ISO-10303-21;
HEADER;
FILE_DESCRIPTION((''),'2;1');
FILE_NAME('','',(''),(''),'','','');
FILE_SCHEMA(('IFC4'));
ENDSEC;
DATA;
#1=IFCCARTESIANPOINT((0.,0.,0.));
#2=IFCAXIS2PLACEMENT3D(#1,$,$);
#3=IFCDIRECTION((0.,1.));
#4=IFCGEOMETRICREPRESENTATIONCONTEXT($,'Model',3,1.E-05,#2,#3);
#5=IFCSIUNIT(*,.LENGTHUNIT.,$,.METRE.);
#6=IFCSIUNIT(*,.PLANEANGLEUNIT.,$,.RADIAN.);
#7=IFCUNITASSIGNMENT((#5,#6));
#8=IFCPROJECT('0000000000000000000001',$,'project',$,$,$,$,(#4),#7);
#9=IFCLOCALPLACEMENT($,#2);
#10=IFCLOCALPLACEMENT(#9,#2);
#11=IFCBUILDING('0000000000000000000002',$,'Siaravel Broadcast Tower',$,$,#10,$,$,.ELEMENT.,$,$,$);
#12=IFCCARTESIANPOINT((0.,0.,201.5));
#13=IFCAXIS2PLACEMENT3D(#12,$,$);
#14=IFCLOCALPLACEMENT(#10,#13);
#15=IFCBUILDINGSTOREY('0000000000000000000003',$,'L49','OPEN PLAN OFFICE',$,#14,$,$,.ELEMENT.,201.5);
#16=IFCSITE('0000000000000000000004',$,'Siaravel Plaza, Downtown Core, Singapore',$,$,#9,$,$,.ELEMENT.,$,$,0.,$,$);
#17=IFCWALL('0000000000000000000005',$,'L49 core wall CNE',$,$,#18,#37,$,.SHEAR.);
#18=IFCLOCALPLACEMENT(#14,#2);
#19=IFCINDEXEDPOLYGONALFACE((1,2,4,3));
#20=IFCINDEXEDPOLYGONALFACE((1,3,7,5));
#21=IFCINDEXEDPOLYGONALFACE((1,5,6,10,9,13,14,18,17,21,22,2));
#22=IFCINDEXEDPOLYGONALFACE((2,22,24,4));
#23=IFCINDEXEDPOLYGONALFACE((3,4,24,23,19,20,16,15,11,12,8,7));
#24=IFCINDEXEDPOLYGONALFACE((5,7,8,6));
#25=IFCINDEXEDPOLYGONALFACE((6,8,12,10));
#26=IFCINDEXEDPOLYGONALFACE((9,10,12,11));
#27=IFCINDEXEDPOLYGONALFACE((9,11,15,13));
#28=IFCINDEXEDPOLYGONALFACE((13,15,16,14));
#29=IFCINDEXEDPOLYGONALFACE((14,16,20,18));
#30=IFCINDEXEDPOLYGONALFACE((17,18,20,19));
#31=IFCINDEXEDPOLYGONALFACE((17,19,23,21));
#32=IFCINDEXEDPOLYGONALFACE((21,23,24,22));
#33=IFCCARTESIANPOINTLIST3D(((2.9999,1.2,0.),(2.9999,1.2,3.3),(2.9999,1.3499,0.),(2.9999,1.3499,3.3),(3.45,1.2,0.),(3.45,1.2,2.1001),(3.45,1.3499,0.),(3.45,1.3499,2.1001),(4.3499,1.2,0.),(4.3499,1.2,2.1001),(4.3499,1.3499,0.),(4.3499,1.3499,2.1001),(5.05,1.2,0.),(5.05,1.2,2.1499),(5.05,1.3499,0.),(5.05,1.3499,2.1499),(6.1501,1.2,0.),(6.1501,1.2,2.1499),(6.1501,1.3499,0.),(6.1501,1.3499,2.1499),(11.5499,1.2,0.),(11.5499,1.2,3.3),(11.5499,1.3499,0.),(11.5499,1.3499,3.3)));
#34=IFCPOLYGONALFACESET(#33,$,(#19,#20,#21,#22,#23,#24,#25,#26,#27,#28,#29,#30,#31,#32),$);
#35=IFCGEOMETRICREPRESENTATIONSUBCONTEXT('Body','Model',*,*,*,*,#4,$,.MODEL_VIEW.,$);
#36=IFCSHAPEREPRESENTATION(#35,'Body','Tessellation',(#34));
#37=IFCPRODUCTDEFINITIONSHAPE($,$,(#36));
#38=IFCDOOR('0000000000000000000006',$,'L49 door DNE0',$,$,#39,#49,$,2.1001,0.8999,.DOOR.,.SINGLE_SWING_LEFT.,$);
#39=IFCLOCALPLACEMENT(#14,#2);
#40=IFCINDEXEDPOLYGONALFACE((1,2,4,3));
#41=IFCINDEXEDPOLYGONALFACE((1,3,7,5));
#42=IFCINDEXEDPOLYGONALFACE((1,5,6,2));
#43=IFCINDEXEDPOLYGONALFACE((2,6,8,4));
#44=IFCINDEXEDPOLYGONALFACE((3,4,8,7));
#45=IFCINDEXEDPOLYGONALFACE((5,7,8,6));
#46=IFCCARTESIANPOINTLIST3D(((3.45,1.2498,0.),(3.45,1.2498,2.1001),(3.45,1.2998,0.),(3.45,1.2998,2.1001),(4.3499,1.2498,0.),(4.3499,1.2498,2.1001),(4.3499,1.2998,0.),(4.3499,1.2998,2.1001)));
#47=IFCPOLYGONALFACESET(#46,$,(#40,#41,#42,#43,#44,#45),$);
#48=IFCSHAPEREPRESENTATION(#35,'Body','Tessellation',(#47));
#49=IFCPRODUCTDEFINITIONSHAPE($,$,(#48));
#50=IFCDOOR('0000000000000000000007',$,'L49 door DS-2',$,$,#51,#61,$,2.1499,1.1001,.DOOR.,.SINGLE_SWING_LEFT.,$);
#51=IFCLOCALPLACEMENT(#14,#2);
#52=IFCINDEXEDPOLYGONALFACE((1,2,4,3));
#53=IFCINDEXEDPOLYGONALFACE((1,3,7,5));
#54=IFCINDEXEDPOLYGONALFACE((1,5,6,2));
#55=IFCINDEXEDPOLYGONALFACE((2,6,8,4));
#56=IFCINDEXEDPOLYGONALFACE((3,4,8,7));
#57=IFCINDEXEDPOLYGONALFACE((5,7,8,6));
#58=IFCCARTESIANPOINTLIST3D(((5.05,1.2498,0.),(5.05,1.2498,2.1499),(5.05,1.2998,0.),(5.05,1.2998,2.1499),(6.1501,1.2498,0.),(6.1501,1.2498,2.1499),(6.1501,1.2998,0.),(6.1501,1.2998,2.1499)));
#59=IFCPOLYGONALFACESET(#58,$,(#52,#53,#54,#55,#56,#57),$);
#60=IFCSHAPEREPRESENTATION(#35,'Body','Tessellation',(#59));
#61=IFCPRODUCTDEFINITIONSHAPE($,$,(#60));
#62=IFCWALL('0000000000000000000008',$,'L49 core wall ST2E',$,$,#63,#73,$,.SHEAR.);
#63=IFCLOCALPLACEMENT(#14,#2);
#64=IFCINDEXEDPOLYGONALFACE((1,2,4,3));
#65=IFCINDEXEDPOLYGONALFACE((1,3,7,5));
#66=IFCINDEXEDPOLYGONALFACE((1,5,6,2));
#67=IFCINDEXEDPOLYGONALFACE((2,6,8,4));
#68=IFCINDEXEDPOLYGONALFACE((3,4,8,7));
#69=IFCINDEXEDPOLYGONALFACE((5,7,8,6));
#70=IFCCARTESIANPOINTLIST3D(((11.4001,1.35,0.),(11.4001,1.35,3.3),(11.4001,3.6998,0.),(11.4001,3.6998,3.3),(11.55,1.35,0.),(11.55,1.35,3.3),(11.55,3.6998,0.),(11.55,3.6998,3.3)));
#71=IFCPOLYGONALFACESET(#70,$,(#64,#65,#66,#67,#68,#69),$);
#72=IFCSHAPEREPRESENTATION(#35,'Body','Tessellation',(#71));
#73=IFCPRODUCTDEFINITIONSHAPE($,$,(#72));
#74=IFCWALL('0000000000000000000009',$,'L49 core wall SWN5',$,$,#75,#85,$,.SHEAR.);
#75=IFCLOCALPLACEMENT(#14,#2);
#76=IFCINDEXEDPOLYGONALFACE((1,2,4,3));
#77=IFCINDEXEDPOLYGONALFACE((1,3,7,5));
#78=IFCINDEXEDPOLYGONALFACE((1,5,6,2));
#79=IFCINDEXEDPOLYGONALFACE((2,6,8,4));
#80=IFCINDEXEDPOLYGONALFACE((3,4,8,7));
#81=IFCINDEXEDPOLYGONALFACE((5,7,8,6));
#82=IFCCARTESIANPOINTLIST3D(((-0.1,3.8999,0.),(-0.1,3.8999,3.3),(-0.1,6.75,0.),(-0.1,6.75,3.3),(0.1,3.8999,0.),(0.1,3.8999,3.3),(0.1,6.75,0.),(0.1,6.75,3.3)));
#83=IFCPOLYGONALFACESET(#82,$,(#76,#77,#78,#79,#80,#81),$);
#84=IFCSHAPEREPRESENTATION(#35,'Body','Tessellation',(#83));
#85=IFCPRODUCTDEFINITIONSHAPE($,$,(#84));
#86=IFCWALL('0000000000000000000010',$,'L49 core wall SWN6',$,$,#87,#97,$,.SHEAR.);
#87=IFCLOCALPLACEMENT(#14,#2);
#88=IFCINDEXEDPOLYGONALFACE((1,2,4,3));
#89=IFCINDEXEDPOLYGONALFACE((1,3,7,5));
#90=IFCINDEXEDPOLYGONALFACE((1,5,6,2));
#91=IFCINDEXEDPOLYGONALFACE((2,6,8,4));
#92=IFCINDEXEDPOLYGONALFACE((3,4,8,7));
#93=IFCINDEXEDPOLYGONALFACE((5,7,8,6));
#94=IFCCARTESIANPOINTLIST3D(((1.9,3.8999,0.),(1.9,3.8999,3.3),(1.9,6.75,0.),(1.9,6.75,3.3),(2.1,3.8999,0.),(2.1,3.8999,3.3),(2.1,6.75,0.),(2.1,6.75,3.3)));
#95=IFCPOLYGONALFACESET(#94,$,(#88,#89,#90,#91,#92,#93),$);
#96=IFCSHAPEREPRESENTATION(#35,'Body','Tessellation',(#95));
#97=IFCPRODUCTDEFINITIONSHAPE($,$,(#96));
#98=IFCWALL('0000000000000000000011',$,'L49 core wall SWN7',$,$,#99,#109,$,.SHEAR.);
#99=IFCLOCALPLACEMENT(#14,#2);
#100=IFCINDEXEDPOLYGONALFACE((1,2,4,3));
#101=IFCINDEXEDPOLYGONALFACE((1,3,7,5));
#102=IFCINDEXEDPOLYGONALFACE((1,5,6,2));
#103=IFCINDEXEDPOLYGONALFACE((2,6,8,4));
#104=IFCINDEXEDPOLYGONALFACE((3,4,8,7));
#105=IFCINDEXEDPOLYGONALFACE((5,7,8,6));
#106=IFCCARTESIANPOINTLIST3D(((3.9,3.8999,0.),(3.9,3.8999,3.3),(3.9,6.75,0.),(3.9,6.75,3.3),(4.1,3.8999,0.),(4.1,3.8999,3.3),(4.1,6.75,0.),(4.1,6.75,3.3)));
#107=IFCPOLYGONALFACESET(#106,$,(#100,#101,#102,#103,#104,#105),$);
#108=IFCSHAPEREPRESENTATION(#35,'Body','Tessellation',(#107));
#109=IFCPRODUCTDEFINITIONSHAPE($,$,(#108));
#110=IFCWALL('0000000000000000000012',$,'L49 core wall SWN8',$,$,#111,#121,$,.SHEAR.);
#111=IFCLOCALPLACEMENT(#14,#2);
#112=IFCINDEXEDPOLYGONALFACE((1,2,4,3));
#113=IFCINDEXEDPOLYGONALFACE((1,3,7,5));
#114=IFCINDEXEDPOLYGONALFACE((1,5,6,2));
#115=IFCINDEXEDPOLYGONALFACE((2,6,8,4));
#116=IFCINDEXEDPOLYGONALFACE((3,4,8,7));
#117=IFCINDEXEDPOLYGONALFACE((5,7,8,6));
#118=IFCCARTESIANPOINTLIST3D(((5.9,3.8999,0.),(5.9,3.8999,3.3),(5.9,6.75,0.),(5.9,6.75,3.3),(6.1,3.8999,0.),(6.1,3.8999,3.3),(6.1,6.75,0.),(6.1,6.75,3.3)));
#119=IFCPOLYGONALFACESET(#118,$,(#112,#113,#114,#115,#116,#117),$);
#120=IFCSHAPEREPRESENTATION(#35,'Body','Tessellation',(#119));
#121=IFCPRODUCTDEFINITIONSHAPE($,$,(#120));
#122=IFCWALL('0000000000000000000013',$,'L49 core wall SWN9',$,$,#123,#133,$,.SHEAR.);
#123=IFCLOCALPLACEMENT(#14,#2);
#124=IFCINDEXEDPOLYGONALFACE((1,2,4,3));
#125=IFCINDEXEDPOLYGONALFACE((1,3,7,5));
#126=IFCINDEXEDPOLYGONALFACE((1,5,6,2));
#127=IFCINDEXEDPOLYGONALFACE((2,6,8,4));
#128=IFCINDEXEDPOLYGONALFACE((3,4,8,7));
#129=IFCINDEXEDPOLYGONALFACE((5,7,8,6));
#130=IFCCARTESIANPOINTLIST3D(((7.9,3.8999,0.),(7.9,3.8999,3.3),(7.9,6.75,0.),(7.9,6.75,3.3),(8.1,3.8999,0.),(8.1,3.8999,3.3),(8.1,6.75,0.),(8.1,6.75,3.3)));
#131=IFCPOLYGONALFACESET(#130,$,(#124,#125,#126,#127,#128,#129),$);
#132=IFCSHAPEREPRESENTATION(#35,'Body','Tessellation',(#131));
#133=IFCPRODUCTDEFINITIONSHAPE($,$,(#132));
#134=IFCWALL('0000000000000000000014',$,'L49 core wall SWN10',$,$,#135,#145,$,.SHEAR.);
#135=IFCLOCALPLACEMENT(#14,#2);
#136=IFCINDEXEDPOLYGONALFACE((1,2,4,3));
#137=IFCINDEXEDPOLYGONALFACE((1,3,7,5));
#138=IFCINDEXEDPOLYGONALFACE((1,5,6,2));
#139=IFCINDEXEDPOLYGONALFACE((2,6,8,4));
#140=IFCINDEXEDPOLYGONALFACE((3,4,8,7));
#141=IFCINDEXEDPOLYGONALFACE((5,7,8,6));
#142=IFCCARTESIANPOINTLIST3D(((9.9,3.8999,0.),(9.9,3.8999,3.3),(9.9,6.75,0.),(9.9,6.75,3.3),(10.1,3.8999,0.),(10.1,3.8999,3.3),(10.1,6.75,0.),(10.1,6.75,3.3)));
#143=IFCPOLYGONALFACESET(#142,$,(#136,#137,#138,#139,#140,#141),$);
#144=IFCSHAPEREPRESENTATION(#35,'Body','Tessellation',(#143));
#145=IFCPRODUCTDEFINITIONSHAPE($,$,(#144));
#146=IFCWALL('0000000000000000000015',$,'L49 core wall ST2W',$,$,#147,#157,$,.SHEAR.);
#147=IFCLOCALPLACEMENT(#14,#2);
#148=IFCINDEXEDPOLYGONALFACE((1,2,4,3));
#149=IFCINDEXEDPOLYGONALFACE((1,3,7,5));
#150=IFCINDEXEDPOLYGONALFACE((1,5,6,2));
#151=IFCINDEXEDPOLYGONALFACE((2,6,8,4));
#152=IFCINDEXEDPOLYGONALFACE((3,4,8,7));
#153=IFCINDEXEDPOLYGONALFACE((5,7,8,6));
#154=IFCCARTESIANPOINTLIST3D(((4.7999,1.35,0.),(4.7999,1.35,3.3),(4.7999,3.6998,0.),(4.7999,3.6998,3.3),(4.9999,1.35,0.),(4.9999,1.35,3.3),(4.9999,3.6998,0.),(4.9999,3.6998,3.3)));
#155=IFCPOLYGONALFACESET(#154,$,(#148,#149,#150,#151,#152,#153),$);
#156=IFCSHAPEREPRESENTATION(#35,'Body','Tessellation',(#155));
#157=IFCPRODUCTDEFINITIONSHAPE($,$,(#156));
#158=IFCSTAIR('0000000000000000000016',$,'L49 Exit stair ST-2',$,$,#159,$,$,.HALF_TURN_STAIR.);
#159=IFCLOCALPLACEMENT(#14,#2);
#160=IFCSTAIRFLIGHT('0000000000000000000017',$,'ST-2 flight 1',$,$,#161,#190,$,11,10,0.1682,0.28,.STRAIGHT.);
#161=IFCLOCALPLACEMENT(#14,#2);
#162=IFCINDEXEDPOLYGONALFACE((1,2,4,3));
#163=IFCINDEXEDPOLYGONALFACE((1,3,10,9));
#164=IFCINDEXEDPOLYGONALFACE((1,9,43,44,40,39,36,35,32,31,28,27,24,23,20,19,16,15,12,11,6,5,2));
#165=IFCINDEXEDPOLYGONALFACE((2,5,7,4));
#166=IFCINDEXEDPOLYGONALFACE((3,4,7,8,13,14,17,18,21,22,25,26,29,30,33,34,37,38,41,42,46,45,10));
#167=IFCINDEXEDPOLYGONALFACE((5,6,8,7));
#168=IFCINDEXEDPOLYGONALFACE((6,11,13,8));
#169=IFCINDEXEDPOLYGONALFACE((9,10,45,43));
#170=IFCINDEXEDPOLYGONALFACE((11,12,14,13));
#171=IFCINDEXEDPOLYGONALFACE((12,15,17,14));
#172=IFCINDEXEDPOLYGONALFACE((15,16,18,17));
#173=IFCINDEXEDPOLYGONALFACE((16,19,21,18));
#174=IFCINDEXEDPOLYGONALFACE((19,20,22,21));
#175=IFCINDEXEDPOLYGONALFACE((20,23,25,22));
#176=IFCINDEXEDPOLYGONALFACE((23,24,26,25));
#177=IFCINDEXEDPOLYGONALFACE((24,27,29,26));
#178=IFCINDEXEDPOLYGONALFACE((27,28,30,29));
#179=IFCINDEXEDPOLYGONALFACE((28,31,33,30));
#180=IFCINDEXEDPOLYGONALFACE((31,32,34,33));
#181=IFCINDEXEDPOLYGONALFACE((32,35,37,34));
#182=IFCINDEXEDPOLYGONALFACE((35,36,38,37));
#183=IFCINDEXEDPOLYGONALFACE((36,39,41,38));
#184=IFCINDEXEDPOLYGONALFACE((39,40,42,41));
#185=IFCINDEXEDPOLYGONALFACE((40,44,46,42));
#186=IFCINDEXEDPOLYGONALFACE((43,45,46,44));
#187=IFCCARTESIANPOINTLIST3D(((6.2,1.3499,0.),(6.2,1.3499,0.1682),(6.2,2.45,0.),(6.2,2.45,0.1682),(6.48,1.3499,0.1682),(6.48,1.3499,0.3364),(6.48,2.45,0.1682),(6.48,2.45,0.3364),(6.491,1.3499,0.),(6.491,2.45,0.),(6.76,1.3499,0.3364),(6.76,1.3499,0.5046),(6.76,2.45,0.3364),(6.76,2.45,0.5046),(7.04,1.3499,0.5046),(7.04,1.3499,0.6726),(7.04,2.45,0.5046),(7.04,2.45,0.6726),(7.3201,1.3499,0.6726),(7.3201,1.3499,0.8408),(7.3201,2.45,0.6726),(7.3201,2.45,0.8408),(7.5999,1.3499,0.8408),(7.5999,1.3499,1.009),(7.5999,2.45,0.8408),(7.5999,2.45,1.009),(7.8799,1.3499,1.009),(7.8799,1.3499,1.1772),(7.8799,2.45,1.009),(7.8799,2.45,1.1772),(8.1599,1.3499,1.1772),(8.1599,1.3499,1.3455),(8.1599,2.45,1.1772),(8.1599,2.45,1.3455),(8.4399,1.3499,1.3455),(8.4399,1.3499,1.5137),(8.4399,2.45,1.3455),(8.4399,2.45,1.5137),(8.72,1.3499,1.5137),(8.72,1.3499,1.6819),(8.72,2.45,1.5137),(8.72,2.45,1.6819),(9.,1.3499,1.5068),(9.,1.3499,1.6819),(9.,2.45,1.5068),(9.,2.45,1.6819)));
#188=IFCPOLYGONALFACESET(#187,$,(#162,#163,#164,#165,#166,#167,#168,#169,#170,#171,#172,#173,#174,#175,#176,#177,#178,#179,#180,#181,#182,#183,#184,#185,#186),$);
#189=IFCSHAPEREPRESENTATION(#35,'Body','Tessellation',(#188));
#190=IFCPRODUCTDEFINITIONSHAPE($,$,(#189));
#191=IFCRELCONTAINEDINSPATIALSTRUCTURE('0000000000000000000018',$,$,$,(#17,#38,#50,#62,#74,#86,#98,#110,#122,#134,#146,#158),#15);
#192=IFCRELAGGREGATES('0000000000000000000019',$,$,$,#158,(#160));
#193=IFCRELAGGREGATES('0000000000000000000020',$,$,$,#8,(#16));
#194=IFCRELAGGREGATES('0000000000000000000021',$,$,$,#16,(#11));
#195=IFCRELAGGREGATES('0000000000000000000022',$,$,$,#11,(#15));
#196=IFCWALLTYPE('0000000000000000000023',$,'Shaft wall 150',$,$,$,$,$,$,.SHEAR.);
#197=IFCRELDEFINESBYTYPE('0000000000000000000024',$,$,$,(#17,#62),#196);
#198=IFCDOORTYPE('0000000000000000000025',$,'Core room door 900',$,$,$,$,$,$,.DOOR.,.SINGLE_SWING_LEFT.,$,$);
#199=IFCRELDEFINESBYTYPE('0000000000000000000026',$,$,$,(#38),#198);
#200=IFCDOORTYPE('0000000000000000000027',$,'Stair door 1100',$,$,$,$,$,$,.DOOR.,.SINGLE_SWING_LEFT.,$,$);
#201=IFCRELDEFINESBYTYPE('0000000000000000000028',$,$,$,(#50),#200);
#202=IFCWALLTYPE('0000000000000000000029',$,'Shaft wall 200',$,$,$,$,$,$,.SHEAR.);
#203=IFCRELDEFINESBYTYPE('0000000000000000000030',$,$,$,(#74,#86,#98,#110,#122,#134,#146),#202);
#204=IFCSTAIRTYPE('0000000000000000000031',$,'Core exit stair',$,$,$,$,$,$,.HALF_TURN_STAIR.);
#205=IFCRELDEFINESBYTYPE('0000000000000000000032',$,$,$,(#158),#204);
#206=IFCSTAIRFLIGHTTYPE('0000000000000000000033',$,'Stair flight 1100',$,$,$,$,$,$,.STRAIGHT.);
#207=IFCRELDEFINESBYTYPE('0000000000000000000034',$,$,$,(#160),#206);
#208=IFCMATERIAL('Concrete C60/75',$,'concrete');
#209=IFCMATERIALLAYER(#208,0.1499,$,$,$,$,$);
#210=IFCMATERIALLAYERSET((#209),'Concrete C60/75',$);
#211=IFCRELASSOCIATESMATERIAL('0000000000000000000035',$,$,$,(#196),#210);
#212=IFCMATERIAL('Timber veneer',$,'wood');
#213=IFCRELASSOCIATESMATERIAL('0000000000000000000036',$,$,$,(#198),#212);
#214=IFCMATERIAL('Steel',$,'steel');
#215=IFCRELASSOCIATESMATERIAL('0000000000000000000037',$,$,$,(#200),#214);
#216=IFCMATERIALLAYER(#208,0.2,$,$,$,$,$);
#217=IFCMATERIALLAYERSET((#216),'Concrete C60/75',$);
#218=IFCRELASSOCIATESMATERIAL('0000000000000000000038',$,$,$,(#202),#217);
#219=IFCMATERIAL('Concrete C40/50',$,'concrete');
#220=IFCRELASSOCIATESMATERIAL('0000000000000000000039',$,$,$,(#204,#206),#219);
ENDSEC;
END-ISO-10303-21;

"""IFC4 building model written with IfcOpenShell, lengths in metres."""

from ifc_helpers import new_model, si_unit, direction, frame, frame_2d, origin, place, context, subcontext, project, spatial, polyline, rectangle, outline, extrude, material, layer, layer_set, type_object, element, fill, aggregate, save


model = new_model("IFC4")

# Units and contexts
model_context = context("Model", 3, precision=1e-05, world=origin(), true_north=direction((0.0, 1.0)))
body_context = subcontext(model_context, "Body", "Model", "MODEL_VIEW")
ifc_project = project(units=[si_unit("LENGTHUNIT", "METRE"), si_unit("PLANEANGLEUNIT", "RADIAN")], contexts=[model_context])

# Site, building, storey
site_placement = place(None, origin())
site = spatial("IfcSite", under=ifc_project, at=site_placement, Name="Siaravel Plaza, Downtown Core, Singapore", CompositionType="ELEMENT", RefElevation=0.0)
building_placement = place(site_placement, origin())
building = spatial("IfcBuilding", under=site, at=building_placement, Name="Siaravel Broadcast Tower", CompositionType="ELEMENT")
storey_placement = place(building_placement, frame((0.0, 0.0, 201.5)))
storey = spatial("IfcBuildingStorey", under=building, at=storey_placement, Name="L49", Description="OPEN PLAN OFFICE", CompositionType="ELEMENT", Elevation=201.5)

# Shared definitions
ifc_material_1 = material(Name="Concrete C60/75", Category="concrete")

# Shared definitions
ifc_material_2 = material(Name="Timber veneer", Category="wood")

# Wall, openings, doors
ifc_layer_1 = layer(ifc_material_1, 0.1499)
ifc_layer_set_1 = layer_set([ifc_layer_1], Name="Concrete C60/75")
wall_type_1 = type_object("IfcWallType", Name="Shaft wall 150", PredefinedType="SHEAR", material=ifc_layer_set_1)
wall_1_placement = place(storey_placement, frame((3.0, 1.2749, 0.0), z_axis=(0.0, 0.0, 1.0), x_axis=(1.0, 0.0, 0.0)))
wall_1 = element("IfcWall", 1, at=wall_1_placement, inside=storey, type_object=wall_type_1, Name="L49 core wall CNE", PredefinedType="SHEAR", context=body_context, shape_type="SweptSolid", body=[
    extrude(rectangle(XDim=8.55, YDim=0.1499, at=frame_2d((4.2749, 0.0))), origin(), (0.0, 0.0, 1.0), 3.3),
])
opening_1_placement = place(wall_1_placement, frame((2.05, 0.0, 0.0)))
opening_1 = element("IfcOpeningElement", 2, at=opening_1_placement, cuts=wall_1, PredefinedType="OPENING", context=body_context, shape_type="SweptSolid", body=[
    extrude(rectangle(XDim=1.1001, YDim=2.1499, at=frame_2d((0.55, 1.075))), frame((0.0, 0.085, 0.0), z_axis=(0.0, -1.0, 0.0), x_axis=(1.0, 0.0, 0.0)), (0.0, 0.0, 1.0), 0.1699),
])
opening_2_placement = place(wall_1_placement, frame((0.45, 0.0, 0.0)))
opening_2 = element("IfcOpeningElement", 3, at=opening_2_placement, cuts=wall_1, PredefinedType="OPENING", context=body_context, shape_type="SweptSolid", body=[
    extrude(rectangle(XDim=0.8999, YDim=2.1001, at=frame_2d((0.45, 1.05))), frame((0.0, 0.085, 0.0), z_axis=(0.0, -1.0, 0.0), x_axis=(1.0, 0.0, 0.0)), (0.0, 0.0, 1.0), 0.1699),
])
door_type_1 = type_object("IfcDoorType", Name="Core room door 900", OperationType="SINGLE_SWING_LEFT", PredefinedType="DOOR", material=ifc_material_2)
door_1_placement = place(opening_2_placement, origin())
door_1 = element("IfcDoor", 4, at=door_1_placement, inside=storey, type_object=door_type_1, Name="L49 door DNE0", OperationType="SINGLE_SWING_LEFT", OverallHeight=2.1001, OverallWidth=0.8999, PredefinedType="DOOR", context=body_context, shape_type="SweptSolid", body=[
    extrude(rectangle(XDim=0.8999, YDim=2.1001, at=frame_2d((0.45, 1.05))), frame((0.0, 0.0249, 0.0), z_axis=(0.0, -1.0, 0.0), x_axis=(1.0, 0.0, 0.0)), (0.0, 0.0, 1.0), 0.05),
])
fill(opening_2, door_1)
ifc_material_3 = material(Name="Steel", Category="steel")
door_type_2 = type_object("IfcDoorType", Name="Stair door 1100", OperationType="SINGLE_SWING_LEFT", PredefinedType="DOOR", material=ifc_material_3)
door_2_placement = place(opening_1_placement, origin())
door_2 = element("IfcDoor", 5, at=door_2_placement, inside=storey, type_object=door_type_2, Name="L49 door DS-2", OperationType="SINGLE_SWING_LEFT", OverallHeight=2.1499, OverallWidth=1.1001, PredefinedType="DOOR", context=body_context, shape_type="SweptSolid", body=[
    extrude(rectangle(XDim=1.1001, YDim=2.1499, at=frame_2d((0.55, 1.075))), frame((0.0, 0.0249, 0.0), z_axis=(0.0, -1.0, 0.0), x_axis=(1.0, 0.0, 0.0)), (0.0, 0.0, 1.0), 0.05),
])
fill(opening_1, door_2)

# Walls
wall_2_placement = place(storey_placement, frame((11.4751, 1.3501, 0.0), z_axis=(0.0, 0.0, 1.0), x_axis=(0.0, 1.0, 0.0)))
element("IfcWall", 6, at=wall_2_placement, inside=storey, type_object=wall_type_1, Name="L49 core wall ST2E", PredefinedType="SHEAR", context=body_context, shape_type="SweptSolid", body=[
    extrude(rectangle(XDim=2.3499, YDim=0.1499, at=frame_2d((1.1748, 0.0))), origin(), (0.0, 0.0, 1.0), 3.3),
])
ifc_layer_2 = layer(ifc_material_1, 0.2)
ifc_layer_set_2 = layer_set([ifc_layer_2], Name="Concrete C60/75")
wall_type_2 = type_object("IfcWallType", Name="Shaft wall 200", PredefinedType="SHEAR", material=ifc_layer_set_2)
for number, where, z_axis, x_axis, name in (
    (7, (0.0, 3.8999, 0.0), (0.0, 0.0, 1.0), (0.0, 1.0, 0.0), "L49 core wall SWN5"),
    (8, (2.0, 3.8999, 0.0), (0.0, 0.0, 1.0), (0.0, 1.0, 0.0), "L49 core wall SWN6"),
    (9, (4.0, 3.8999, 0.0), (0.0, 0.0, 1.0), (0.0, 1.0, 0.0), "L49 core wall SWN7"),
    (10, (6.0, 3.8999, 0.0), (0.0, 0.0, 1.0), (0.0, 1.0, 0.0), "L49 core wall SWN8"),
    (11, (8.0, 3.8999, 0.0), (0.0, 0.0, 1.0), (0.0, 1.0, 0.0), "L49 core wall SWN9"),
    (12, (10.0, 3.8999, 0.0), (0.0, 0.0, 1.0), (0.0, 1.0, 0.0), "L49 core wall SWN10"),
):
    element("IfcWall", number, at=place(storey_placement, frame(where, z_axis=z_axis, x_axis=x_axis)), inside=storey, type_object=wall_type_2, Name=name, PredefinedType="SHEAR", context=body_context, shape_type="SweptSolid", body=[
        extrude(rectangle(XDim=2.8501, YDim=0.2, at=frame_2d((1.425, 0.0))), origin(), (0.0, 0.0, 1.0), 3.3),
    ])
wall_3_placement = place(storey_placement, frame((4.8999, 1.3501, 0.0), z_axis=(0.0, 0.0, 1.0), x_axis=(0.0, 1.0, 0.0)))
element("IfcWall", 13, at=wall_3_placement, inside=storey, type_object=wall_type_2, Name="L49 core wall ST2W", PredefinedType="SHEAR", context=body_context, shape_type="SweptSolid", body=[
    extrude(rectangle(XDim=2.3499, YDim=0.2, at=frame_2d((1.1748, 0.0))), origin(), (0.0, 0.0, 1.0), 3.3),
])

# Stair, stair flight
ifc_material_4 = material(Name="Concrete C40/50", Category="concrete")
stair_type = type_object("IfcStairType", Name="Core exit stair", PredefinedType="HALF_TURN_STAIR", material=ifc_material_4)
stair_placement = place(storey_placement, origin())
stair = element("IfcStair", 14, at=stair_placement, inside=storey, type_object=stair_type, Name="L49 Exit stair ST-2", PredefinedType="HALF_TURN_STAIR")
stair_flight_type = type_object("IfcStairFlightType", Name="Stair flight 1100", PredefinedType="STRAIGHT", material=ifc_material_4)
stair_flight_1_placement = place(storey_placement, frame((6.2, 1.8999, 0.0), z_axis=(0.0, 0.0, 1.0), x_axis=(1.0, 0.0, 0.0)))
stair_flight_1 = element("IfcStairFlight", 15, at=stair_flight_1_placement, type_object=stair_flight_type, Name="ST-2 flight 1", NumberOfRisers=11, NumberOfTreads=10, PredefinedType="STRAIGHT", RiserHeight=0.1682, TreadLength=0.28, context=body_context, shape_type="SweptSolid", body=[
    extrude(outline(polyline([(0.0, 0.0), (0.0, 0.1682), (0.28, 0.1682), (0.28, 0.3364), (0.5601, 0.3364), (0.5601, 0.5046), (0.8401, 0.5046), (0.8401, 0.6726), (1.1201, 0.6726), (1.1201, 0.8408), (1.3999, 0.8408), (1.3999, 1.009), (1.6799, 1.009), (1.6799, 1.1772), (1.96, 1.1772), (1.96, 1.3455), (2.24, 1.3455), (2.24, 1.5137), (2.52, 1.5137), (2.52, 1.6819), (2.8, 1.6819), (2.8, 1.8501), (2.8, 1.5068), (0.291, 0.0), (0.0, 0.0)])), frame((0.0, 0.55, 0.0), z_axis=(0.0, -1.0, 0.0), x_axis=(1.0, 0.0, 0.0)), (0.0, 0.0, 1.0), 1.1001),
])
aggregate(stair, [stair_flight_1])

save(model, "model.ifc")
